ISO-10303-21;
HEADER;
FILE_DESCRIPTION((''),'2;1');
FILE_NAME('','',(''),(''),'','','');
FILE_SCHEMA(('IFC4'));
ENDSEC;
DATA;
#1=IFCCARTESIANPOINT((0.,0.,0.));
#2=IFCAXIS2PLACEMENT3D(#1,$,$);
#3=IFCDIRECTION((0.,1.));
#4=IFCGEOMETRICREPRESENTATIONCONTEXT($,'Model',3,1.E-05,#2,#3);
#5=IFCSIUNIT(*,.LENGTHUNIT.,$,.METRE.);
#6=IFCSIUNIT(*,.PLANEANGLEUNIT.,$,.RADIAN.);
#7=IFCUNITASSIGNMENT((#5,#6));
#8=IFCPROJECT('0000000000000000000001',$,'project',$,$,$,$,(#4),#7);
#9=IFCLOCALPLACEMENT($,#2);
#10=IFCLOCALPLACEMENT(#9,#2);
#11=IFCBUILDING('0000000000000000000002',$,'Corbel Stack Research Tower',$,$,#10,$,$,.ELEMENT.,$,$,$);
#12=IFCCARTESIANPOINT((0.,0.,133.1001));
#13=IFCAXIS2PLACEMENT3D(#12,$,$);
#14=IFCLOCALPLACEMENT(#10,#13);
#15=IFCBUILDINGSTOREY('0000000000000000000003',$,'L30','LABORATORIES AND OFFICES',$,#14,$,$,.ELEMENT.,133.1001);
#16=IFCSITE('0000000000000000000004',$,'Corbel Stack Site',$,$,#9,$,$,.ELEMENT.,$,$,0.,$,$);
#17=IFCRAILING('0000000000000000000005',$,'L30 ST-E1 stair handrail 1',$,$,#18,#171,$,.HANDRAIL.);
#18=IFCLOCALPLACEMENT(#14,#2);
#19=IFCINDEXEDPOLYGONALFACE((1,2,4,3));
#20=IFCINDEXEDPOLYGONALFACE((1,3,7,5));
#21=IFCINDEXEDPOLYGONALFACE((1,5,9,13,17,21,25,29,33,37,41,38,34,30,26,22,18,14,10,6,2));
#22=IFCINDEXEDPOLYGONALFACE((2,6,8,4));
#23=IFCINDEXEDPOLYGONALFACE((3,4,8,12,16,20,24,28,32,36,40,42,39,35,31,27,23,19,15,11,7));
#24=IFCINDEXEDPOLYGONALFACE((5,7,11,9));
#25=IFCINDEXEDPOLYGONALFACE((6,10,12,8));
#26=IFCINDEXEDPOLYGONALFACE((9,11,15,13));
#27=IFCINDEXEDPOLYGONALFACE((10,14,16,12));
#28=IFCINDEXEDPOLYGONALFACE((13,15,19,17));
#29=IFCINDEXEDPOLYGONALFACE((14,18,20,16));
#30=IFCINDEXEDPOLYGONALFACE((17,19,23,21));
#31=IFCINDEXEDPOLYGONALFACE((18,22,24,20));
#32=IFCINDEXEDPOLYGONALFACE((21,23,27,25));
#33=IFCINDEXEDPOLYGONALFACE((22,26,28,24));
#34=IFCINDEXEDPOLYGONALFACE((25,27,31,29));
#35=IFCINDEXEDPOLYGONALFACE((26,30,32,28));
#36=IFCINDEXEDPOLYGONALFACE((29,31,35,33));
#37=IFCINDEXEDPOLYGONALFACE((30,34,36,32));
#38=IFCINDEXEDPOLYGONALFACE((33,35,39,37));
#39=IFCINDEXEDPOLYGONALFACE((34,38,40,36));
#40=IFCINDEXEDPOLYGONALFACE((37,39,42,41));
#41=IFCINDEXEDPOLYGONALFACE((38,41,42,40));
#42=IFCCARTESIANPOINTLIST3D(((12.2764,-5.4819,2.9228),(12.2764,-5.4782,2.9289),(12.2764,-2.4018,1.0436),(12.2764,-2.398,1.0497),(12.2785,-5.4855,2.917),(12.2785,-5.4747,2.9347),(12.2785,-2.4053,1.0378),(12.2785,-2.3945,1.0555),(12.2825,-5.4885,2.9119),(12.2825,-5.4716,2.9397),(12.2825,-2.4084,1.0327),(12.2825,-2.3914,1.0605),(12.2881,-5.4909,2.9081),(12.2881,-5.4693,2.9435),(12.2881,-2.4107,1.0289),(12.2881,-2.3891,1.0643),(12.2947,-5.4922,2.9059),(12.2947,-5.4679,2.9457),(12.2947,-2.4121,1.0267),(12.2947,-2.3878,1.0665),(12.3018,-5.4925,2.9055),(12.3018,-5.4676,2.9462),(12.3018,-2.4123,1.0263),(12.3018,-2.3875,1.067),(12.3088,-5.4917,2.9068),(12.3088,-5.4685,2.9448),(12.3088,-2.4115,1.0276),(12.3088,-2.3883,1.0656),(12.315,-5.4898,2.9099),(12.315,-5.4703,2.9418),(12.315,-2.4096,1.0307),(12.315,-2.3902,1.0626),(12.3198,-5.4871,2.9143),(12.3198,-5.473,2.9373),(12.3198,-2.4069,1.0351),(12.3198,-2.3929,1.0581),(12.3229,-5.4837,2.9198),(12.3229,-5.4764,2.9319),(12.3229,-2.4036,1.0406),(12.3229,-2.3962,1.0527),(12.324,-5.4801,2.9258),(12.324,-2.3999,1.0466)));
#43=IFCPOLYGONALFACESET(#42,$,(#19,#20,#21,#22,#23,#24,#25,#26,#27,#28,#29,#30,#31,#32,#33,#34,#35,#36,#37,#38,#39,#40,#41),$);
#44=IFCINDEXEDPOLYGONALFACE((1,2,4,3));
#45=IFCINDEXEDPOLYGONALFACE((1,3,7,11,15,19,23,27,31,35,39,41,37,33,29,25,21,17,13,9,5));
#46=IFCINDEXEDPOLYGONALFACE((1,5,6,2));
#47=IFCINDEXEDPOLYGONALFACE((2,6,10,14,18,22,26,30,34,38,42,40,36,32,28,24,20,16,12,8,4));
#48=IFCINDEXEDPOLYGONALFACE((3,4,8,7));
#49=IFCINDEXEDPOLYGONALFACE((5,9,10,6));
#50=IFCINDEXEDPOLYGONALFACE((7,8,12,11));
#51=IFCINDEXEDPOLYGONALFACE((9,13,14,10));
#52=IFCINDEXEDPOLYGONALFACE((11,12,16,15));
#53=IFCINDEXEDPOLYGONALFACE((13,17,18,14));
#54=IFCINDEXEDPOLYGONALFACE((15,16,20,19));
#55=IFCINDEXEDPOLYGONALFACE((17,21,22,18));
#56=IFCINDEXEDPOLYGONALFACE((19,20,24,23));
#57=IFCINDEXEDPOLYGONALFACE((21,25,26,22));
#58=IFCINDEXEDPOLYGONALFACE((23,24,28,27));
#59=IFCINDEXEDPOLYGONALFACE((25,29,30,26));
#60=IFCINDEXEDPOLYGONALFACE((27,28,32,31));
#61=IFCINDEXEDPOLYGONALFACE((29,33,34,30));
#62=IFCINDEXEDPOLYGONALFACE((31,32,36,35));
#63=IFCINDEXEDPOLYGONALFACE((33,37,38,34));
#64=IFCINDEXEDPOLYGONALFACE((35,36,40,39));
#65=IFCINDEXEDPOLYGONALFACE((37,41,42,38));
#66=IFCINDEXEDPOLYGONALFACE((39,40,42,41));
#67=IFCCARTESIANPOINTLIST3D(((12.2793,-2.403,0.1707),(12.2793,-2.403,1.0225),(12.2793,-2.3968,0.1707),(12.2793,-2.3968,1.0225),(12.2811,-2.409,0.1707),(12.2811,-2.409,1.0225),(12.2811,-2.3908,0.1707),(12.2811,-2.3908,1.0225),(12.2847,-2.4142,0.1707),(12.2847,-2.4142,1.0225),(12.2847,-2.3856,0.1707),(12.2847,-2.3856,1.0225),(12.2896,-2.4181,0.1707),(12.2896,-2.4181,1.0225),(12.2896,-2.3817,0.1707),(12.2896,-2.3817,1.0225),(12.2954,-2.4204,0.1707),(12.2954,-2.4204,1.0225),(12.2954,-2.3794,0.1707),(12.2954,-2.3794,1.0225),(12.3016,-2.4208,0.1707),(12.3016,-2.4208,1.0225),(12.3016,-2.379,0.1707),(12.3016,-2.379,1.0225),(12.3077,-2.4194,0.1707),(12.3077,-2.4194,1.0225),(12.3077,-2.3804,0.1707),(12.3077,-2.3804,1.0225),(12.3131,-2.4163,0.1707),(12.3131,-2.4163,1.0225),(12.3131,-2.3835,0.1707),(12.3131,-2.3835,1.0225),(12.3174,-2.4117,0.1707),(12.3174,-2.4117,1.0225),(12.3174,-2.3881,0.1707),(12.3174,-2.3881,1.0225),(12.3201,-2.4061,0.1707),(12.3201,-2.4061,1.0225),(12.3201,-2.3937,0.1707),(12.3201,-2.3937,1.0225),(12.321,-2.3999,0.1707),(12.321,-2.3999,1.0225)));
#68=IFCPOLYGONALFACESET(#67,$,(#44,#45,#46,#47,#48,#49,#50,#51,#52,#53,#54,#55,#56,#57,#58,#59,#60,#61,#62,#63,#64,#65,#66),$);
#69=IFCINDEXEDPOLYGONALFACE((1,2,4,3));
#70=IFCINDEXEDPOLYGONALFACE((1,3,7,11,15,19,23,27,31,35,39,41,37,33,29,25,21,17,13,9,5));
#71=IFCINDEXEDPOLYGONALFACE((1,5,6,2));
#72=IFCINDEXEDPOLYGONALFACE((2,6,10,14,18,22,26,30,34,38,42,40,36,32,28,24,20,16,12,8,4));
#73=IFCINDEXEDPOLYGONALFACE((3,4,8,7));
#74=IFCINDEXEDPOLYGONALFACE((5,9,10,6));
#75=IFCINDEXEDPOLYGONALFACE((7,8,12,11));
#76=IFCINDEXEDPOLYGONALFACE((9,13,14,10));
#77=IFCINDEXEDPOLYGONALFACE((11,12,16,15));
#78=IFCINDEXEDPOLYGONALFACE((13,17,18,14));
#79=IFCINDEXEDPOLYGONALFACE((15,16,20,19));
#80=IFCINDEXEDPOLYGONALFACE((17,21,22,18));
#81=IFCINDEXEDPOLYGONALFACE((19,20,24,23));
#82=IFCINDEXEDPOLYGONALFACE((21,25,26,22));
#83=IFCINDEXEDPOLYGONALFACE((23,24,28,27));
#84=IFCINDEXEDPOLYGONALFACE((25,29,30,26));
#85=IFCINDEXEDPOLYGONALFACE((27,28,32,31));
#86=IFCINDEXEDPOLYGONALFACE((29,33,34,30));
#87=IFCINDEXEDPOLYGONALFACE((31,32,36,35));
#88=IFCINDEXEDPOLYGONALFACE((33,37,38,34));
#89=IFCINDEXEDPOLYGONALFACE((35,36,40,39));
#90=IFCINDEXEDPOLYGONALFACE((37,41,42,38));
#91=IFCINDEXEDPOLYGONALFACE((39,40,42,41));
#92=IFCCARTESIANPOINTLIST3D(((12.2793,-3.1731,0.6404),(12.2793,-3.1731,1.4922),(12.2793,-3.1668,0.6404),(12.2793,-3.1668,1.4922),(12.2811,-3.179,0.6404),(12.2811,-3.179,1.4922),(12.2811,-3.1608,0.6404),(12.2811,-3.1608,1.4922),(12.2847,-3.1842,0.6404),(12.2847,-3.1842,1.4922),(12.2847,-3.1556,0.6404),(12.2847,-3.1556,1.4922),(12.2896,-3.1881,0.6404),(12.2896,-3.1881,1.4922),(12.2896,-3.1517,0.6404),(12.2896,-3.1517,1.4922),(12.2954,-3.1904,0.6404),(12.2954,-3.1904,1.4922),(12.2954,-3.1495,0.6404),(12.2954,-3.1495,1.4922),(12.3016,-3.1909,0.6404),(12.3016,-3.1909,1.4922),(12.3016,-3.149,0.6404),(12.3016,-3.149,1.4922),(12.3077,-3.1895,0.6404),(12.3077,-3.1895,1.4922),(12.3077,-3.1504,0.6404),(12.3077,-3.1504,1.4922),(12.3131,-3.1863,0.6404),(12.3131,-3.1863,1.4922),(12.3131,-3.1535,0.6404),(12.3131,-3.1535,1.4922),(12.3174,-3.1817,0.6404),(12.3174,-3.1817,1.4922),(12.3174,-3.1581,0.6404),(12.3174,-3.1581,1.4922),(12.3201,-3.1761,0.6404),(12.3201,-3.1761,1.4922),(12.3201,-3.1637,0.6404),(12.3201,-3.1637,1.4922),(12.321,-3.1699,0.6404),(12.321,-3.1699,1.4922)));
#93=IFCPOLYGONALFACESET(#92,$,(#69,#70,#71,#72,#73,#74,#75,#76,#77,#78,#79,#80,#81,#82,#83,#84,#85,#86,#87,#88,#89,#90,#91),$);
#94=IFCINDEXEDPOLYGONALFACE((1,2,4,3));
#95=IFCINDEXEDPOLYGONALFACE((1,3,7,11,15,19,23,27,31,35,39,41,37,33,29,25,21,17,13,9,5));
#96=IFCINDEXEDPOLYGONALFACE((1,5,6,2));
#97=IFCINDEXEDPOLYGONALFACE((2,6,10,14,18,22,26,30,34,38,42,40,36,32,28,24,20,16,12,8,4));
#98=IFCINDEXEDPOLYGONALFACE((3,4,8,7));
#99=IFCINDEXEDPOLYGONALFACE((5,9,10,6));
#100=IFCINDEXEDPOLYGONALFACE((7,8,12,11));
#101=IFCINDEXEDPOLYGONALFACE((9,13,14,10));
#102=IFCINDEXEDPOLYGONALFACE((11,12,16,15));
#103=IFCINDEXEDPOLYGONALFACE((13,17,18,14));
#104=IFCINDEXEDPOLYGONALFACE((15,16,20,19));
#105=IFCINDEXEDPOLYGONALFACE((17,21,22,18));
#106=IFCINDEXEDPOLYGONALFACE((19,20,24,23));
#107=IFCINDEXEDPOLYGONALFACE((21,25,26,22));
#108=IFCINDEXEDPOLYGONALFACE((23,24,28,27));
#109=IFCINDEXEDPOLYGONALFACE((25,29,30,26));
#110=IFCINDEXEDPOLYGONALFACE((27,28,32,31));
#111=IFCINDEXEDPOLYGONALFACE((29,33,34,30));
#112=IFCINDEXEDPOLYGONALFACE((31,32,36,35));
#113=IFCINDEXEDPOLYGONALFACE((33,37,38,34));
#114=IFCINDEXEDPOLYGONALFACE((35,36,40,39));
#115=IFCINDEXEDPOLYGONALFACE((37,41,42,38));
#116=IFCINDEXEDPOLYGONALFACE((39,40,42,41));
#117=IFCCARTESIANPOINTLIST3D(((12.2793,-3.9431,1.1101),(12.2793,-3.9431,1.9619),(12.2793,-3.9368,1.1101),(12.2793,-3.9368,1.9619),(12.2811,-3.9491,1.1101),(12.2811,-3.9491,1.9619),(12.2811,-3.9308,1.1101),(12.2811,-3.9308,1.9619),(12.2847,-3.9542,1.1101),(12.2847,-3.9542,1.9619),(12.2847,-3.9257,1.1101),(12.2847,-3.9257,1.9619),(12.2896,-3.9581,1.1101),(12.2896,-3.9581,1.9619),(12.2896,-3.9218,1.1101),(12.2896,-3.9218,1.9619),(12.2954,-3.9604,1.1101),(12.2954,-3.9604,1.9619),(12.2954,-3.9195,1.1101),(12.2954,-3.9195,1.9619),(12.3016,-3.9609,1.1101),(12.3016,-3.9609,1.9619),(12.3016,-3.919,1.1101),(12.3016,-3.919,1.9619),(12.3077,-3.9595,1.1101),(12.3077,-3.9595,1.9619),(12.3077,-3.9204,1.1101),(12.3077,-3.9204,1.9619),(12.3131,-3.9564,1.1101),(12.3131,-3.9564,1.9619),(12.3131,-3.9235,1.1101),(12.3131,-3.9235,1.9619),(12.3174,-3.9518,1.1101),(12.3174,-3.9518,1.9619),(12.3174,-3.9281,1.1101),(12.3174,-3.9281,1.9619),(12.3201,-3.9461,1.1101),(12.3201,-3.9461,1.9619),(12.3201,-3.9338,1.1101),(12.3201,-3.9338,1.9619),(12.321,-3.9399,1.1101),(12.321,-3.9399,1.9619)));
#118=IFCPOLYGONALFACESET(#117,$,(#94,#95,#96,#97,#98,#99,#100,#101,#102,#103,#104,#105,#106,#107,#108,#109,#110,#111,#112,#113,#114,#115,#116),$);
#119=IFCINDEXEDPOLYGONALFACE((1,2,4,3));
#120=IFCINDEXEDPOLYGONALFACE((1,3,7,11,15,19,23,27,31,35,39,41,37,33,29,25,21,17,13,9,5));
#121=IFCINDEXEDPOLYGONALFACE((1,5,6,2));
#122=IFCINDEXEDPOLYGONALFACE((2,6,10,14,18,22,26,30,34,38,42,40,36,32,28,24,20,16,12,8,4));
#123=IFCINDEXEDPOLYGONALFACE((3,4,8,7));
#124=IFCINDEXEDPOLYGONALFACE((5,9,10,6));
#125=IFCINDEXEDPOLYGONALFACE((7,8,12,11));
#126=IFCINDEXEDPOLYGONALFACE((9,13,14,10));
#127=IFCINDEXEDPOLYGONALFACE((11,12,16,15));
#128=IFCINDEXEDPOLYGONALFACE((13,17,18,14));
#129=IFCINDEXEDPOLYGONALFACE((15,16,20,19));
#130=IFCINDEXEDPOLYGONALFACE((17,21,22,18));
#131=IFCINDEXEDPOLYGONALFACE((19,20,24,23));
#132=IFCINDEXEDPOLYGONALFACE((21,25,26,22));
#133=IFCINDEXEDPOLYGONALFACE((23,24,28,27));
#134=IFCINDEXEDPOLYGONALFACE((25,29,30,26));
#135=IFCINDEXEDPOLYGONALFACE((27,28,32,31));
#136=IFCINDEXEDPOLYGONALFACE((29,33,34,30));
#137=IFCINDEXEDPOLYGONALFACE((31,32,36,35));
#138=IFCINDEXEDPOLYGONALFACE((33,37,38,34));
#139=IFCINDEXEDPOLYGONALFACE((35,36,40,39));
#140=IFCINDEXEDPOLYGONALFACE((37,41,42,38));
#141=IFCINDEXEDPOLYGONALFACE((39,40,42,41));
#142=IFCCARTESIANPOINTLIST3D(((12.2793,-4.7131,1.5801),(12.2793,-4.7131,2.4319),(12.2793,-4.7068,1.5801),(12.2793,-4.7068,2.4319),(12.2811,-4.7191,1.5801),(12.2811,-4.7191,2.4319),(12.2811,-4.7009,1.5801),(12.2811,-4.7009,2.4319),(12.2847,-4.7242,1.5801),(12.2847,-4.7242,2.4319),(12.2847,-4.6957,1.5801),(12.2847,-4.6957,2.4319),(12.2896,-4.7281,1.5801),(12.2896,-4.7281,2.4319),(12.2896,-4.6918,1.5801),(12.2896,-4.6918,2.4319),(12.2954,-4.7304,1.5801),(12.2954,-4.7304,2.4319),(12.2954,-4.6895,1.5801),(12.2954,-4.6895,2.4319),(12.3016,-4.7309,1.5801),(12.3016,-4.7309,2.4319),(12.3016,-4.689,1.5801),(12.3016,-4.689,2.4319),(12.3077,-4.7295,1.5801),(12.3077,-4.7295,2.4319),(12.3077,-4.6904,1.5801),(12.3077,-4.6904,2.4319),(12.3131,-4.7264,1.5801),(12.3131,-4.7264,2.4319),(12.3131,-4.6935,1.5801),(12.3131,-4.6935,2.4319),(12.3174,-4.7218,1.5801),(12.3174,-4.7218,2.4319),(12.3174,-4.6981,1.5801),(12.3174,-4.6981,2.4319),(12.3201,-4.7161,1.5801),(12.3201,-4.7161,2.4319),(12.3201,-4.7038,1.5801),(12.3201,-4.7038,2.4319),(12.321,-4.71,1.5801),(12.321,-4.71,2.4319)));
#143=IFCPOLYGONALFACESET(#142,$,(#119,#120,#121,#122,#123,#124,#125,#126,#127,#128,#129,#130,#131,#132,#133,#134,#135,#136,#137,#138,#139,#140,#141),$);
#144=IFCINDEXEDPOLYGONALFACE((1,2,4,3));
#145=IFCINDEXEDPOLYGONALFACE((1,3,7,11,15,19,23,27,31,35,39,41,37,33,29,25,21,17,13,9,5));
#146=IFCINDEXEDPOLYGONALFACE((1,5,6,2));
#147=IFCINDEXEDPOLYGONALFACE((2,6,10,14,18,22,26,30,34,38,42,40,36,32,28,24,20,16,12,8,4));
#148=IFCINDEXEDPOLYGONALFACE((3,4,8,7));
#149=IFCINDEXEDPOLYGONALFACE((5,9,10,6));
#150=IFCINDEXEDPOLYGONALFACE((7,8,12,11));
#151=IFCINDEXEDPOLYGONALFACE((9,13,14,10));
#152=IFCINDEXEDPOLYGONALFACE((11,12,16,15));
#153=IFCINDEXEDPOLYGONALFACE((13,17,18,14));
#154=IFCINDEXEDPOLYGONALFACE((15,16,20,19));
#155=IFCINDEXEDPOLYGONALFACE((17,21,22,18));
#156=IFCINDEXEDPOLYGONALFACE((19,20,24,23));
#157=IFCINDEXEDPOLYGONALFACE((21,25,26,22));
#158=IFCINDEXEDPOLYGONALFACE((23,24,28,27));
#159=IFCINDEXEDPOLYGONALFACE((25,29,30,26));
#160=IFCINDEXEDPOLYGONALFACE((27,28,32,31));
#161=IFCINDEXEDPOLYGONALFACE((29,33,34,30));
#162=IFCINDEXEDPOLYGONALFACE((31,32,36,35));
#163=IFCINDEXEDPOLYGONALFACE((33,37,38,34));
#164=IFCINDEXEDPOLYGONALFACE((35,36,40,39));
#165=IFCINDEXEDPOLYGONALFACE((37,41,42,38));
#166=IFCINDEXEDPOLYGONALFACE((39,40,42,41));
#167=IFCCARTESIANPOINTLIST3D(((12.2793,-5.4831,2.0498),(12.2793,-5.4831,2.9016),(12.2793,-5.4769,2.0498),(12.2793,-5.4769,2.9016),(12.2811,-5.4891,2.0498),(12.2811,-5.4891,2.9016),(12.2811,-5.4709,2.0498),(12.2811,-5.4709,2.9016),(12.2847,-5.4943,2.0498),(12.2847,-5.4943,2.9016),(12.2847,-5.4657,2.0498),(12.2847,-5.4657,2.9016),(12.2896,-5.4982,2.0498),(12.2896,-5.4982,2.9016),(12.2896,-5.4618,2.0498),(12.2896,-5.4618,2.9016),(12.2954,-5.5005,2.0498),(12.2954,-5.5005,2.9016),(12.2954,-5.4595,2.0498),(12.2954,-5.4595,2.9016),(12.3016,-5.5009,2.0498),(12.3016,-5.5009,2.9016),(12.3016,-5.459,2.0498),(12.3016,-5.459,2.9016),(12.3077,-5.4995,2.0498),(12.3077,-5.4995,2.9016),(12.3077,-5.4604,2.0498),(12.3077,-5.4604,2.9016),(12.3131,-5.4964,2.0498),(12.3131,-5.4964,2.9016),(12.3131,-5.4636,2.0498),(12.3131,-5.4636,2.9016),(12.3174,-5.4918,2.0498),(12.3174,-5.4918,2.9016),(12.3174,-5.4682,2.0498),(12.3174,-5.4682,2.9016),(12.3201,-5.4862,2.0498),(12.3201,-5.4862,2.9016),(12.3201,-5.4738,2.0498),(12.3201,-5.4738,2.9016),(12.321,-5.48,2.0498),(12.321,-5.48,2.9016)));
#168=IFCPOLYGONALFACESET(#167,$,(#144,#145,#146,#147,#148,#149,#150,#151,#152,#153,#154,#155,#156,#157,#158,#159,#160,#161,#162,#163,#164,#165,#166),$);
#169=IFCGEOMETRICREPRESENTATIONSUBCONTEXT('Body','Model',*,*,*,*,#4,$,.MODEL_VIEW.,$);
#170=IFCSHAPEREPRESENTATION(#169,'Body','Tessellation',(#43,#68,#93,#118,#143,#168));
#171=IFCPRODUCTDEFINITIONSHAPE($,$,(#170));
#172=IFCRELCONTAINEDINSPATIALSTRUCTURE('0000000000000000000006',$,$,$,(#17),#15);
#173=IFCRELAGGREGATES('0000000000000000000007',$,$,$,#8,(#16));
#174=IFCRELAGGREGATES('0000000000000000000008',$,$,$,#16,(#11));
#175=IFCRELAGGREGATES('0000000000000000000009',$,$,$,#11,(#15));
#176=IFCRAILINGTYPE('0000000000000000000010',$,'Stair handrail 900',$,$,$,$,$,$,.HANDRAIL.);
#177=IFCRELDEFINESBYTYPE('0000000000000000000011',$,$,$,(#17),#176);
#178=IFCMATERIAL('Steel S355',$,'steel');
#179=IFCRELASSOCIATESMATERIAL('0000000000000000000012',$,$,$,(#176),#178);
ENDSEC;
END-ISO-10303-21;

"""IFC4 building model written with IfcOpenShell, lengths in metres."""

from ifc_helpers import new_model, si_unit, direction, frame, origin, origin_2d, place, context, subcontext, project, spatial, circle, extrude, material, type_object, element, save


model = new_model("IFC4")

# Units and contexts
model_context = context("Model", 3, precision=1e-05, world=origin(), true_north=direction((0.0, 1.0)))
body_context = subcontext(model_context, "Body", "Model", "MODEL_VIEW")
ifc_project = project(units=[si_unit("LENGTHUNIT", "METRE"), si_unit("PLANEANGLEUNIT", "RADIAN")], contexts=[model_context])

# Site, building, storey
site_placement = place(None, origin())
site = spatial("IfcSite", under=ifc_project, at=site_placement, Name="Corbel Stack Site", CompositionType="ELEMENT", RefElevation=0.0)
building_placement = place(site_placement, origin())
building = spatial("IfcBuilding", under=site, at=building_placement, Name="Corbel Stack Research Tower", CompositionType="ELEMENT")
storey_placement = place(building_placement, frame((0.0, 0.0, 133.1001)))
storey = spatial("IfcBuildingStorey", under=building, at=storey_placement, Name="L30", Description="LABORATORIES AND OFFICES", CompositionType="ELEMENT", Elevation=133.1001)

# Railing
ifc_material_1 = material(Name="Steel S355", Category="steel")
railing_type_1 = type_object("IfcRailingType", Name="Stair handrail 900", PredefinedType="HANDRAIL", material=ifc_material_1)
railing_1_placement = place(storey_placement, frame((12.3, -2.3999, 0.1707)))
element("IfcRailing", 1, at=railing_1_placement, inside=storey, type_object=railing_type_1, Name="L30 ST-E1 stair handrail 1", PredefinedType="HANDRAIL", context=body_context, shape_type="SweptSolid", body=[
    extrude(circle(Radius=0.0239, at=origin_2d()), frame((0.0, 0.0, 0.876), z_axis=(0.0, -0.853666, 0.52082), x_axis=(1.0, 0.0, 0.0)), (0.0, 0.0, 1.0), 3.6082),
    extrude(circle(Radius=0.021, at=origin_2d()), origin(), (0.0, 0.0, 1.0), 0.8518),
    extrude(circle(Radius=0.021, at=origin_2d()), frame((0.0, -0.77, 0.4697)), (0.0, 0.0, 1.0), 0.8518),
    extrude(circle(Radius=0.021, at=origin_2d()), frame((0.0, -1.54, 0.9395)), (0.0, 0.0, 1.0), 0.8518),
    extrude(circle(Radius=0.021, at=origin_2d()), frame((0.0, -2.3101, 1.4094)), (0.0, 0.0, 1.0), 0.8518),
    extrude(circle(Radius=0.021, at=origin_2d()), frame((0.0, -3.0801, 1.8792)), (0.0, 0.0, 1.0), 0.8518),
])

save(model, "model.ifc")
